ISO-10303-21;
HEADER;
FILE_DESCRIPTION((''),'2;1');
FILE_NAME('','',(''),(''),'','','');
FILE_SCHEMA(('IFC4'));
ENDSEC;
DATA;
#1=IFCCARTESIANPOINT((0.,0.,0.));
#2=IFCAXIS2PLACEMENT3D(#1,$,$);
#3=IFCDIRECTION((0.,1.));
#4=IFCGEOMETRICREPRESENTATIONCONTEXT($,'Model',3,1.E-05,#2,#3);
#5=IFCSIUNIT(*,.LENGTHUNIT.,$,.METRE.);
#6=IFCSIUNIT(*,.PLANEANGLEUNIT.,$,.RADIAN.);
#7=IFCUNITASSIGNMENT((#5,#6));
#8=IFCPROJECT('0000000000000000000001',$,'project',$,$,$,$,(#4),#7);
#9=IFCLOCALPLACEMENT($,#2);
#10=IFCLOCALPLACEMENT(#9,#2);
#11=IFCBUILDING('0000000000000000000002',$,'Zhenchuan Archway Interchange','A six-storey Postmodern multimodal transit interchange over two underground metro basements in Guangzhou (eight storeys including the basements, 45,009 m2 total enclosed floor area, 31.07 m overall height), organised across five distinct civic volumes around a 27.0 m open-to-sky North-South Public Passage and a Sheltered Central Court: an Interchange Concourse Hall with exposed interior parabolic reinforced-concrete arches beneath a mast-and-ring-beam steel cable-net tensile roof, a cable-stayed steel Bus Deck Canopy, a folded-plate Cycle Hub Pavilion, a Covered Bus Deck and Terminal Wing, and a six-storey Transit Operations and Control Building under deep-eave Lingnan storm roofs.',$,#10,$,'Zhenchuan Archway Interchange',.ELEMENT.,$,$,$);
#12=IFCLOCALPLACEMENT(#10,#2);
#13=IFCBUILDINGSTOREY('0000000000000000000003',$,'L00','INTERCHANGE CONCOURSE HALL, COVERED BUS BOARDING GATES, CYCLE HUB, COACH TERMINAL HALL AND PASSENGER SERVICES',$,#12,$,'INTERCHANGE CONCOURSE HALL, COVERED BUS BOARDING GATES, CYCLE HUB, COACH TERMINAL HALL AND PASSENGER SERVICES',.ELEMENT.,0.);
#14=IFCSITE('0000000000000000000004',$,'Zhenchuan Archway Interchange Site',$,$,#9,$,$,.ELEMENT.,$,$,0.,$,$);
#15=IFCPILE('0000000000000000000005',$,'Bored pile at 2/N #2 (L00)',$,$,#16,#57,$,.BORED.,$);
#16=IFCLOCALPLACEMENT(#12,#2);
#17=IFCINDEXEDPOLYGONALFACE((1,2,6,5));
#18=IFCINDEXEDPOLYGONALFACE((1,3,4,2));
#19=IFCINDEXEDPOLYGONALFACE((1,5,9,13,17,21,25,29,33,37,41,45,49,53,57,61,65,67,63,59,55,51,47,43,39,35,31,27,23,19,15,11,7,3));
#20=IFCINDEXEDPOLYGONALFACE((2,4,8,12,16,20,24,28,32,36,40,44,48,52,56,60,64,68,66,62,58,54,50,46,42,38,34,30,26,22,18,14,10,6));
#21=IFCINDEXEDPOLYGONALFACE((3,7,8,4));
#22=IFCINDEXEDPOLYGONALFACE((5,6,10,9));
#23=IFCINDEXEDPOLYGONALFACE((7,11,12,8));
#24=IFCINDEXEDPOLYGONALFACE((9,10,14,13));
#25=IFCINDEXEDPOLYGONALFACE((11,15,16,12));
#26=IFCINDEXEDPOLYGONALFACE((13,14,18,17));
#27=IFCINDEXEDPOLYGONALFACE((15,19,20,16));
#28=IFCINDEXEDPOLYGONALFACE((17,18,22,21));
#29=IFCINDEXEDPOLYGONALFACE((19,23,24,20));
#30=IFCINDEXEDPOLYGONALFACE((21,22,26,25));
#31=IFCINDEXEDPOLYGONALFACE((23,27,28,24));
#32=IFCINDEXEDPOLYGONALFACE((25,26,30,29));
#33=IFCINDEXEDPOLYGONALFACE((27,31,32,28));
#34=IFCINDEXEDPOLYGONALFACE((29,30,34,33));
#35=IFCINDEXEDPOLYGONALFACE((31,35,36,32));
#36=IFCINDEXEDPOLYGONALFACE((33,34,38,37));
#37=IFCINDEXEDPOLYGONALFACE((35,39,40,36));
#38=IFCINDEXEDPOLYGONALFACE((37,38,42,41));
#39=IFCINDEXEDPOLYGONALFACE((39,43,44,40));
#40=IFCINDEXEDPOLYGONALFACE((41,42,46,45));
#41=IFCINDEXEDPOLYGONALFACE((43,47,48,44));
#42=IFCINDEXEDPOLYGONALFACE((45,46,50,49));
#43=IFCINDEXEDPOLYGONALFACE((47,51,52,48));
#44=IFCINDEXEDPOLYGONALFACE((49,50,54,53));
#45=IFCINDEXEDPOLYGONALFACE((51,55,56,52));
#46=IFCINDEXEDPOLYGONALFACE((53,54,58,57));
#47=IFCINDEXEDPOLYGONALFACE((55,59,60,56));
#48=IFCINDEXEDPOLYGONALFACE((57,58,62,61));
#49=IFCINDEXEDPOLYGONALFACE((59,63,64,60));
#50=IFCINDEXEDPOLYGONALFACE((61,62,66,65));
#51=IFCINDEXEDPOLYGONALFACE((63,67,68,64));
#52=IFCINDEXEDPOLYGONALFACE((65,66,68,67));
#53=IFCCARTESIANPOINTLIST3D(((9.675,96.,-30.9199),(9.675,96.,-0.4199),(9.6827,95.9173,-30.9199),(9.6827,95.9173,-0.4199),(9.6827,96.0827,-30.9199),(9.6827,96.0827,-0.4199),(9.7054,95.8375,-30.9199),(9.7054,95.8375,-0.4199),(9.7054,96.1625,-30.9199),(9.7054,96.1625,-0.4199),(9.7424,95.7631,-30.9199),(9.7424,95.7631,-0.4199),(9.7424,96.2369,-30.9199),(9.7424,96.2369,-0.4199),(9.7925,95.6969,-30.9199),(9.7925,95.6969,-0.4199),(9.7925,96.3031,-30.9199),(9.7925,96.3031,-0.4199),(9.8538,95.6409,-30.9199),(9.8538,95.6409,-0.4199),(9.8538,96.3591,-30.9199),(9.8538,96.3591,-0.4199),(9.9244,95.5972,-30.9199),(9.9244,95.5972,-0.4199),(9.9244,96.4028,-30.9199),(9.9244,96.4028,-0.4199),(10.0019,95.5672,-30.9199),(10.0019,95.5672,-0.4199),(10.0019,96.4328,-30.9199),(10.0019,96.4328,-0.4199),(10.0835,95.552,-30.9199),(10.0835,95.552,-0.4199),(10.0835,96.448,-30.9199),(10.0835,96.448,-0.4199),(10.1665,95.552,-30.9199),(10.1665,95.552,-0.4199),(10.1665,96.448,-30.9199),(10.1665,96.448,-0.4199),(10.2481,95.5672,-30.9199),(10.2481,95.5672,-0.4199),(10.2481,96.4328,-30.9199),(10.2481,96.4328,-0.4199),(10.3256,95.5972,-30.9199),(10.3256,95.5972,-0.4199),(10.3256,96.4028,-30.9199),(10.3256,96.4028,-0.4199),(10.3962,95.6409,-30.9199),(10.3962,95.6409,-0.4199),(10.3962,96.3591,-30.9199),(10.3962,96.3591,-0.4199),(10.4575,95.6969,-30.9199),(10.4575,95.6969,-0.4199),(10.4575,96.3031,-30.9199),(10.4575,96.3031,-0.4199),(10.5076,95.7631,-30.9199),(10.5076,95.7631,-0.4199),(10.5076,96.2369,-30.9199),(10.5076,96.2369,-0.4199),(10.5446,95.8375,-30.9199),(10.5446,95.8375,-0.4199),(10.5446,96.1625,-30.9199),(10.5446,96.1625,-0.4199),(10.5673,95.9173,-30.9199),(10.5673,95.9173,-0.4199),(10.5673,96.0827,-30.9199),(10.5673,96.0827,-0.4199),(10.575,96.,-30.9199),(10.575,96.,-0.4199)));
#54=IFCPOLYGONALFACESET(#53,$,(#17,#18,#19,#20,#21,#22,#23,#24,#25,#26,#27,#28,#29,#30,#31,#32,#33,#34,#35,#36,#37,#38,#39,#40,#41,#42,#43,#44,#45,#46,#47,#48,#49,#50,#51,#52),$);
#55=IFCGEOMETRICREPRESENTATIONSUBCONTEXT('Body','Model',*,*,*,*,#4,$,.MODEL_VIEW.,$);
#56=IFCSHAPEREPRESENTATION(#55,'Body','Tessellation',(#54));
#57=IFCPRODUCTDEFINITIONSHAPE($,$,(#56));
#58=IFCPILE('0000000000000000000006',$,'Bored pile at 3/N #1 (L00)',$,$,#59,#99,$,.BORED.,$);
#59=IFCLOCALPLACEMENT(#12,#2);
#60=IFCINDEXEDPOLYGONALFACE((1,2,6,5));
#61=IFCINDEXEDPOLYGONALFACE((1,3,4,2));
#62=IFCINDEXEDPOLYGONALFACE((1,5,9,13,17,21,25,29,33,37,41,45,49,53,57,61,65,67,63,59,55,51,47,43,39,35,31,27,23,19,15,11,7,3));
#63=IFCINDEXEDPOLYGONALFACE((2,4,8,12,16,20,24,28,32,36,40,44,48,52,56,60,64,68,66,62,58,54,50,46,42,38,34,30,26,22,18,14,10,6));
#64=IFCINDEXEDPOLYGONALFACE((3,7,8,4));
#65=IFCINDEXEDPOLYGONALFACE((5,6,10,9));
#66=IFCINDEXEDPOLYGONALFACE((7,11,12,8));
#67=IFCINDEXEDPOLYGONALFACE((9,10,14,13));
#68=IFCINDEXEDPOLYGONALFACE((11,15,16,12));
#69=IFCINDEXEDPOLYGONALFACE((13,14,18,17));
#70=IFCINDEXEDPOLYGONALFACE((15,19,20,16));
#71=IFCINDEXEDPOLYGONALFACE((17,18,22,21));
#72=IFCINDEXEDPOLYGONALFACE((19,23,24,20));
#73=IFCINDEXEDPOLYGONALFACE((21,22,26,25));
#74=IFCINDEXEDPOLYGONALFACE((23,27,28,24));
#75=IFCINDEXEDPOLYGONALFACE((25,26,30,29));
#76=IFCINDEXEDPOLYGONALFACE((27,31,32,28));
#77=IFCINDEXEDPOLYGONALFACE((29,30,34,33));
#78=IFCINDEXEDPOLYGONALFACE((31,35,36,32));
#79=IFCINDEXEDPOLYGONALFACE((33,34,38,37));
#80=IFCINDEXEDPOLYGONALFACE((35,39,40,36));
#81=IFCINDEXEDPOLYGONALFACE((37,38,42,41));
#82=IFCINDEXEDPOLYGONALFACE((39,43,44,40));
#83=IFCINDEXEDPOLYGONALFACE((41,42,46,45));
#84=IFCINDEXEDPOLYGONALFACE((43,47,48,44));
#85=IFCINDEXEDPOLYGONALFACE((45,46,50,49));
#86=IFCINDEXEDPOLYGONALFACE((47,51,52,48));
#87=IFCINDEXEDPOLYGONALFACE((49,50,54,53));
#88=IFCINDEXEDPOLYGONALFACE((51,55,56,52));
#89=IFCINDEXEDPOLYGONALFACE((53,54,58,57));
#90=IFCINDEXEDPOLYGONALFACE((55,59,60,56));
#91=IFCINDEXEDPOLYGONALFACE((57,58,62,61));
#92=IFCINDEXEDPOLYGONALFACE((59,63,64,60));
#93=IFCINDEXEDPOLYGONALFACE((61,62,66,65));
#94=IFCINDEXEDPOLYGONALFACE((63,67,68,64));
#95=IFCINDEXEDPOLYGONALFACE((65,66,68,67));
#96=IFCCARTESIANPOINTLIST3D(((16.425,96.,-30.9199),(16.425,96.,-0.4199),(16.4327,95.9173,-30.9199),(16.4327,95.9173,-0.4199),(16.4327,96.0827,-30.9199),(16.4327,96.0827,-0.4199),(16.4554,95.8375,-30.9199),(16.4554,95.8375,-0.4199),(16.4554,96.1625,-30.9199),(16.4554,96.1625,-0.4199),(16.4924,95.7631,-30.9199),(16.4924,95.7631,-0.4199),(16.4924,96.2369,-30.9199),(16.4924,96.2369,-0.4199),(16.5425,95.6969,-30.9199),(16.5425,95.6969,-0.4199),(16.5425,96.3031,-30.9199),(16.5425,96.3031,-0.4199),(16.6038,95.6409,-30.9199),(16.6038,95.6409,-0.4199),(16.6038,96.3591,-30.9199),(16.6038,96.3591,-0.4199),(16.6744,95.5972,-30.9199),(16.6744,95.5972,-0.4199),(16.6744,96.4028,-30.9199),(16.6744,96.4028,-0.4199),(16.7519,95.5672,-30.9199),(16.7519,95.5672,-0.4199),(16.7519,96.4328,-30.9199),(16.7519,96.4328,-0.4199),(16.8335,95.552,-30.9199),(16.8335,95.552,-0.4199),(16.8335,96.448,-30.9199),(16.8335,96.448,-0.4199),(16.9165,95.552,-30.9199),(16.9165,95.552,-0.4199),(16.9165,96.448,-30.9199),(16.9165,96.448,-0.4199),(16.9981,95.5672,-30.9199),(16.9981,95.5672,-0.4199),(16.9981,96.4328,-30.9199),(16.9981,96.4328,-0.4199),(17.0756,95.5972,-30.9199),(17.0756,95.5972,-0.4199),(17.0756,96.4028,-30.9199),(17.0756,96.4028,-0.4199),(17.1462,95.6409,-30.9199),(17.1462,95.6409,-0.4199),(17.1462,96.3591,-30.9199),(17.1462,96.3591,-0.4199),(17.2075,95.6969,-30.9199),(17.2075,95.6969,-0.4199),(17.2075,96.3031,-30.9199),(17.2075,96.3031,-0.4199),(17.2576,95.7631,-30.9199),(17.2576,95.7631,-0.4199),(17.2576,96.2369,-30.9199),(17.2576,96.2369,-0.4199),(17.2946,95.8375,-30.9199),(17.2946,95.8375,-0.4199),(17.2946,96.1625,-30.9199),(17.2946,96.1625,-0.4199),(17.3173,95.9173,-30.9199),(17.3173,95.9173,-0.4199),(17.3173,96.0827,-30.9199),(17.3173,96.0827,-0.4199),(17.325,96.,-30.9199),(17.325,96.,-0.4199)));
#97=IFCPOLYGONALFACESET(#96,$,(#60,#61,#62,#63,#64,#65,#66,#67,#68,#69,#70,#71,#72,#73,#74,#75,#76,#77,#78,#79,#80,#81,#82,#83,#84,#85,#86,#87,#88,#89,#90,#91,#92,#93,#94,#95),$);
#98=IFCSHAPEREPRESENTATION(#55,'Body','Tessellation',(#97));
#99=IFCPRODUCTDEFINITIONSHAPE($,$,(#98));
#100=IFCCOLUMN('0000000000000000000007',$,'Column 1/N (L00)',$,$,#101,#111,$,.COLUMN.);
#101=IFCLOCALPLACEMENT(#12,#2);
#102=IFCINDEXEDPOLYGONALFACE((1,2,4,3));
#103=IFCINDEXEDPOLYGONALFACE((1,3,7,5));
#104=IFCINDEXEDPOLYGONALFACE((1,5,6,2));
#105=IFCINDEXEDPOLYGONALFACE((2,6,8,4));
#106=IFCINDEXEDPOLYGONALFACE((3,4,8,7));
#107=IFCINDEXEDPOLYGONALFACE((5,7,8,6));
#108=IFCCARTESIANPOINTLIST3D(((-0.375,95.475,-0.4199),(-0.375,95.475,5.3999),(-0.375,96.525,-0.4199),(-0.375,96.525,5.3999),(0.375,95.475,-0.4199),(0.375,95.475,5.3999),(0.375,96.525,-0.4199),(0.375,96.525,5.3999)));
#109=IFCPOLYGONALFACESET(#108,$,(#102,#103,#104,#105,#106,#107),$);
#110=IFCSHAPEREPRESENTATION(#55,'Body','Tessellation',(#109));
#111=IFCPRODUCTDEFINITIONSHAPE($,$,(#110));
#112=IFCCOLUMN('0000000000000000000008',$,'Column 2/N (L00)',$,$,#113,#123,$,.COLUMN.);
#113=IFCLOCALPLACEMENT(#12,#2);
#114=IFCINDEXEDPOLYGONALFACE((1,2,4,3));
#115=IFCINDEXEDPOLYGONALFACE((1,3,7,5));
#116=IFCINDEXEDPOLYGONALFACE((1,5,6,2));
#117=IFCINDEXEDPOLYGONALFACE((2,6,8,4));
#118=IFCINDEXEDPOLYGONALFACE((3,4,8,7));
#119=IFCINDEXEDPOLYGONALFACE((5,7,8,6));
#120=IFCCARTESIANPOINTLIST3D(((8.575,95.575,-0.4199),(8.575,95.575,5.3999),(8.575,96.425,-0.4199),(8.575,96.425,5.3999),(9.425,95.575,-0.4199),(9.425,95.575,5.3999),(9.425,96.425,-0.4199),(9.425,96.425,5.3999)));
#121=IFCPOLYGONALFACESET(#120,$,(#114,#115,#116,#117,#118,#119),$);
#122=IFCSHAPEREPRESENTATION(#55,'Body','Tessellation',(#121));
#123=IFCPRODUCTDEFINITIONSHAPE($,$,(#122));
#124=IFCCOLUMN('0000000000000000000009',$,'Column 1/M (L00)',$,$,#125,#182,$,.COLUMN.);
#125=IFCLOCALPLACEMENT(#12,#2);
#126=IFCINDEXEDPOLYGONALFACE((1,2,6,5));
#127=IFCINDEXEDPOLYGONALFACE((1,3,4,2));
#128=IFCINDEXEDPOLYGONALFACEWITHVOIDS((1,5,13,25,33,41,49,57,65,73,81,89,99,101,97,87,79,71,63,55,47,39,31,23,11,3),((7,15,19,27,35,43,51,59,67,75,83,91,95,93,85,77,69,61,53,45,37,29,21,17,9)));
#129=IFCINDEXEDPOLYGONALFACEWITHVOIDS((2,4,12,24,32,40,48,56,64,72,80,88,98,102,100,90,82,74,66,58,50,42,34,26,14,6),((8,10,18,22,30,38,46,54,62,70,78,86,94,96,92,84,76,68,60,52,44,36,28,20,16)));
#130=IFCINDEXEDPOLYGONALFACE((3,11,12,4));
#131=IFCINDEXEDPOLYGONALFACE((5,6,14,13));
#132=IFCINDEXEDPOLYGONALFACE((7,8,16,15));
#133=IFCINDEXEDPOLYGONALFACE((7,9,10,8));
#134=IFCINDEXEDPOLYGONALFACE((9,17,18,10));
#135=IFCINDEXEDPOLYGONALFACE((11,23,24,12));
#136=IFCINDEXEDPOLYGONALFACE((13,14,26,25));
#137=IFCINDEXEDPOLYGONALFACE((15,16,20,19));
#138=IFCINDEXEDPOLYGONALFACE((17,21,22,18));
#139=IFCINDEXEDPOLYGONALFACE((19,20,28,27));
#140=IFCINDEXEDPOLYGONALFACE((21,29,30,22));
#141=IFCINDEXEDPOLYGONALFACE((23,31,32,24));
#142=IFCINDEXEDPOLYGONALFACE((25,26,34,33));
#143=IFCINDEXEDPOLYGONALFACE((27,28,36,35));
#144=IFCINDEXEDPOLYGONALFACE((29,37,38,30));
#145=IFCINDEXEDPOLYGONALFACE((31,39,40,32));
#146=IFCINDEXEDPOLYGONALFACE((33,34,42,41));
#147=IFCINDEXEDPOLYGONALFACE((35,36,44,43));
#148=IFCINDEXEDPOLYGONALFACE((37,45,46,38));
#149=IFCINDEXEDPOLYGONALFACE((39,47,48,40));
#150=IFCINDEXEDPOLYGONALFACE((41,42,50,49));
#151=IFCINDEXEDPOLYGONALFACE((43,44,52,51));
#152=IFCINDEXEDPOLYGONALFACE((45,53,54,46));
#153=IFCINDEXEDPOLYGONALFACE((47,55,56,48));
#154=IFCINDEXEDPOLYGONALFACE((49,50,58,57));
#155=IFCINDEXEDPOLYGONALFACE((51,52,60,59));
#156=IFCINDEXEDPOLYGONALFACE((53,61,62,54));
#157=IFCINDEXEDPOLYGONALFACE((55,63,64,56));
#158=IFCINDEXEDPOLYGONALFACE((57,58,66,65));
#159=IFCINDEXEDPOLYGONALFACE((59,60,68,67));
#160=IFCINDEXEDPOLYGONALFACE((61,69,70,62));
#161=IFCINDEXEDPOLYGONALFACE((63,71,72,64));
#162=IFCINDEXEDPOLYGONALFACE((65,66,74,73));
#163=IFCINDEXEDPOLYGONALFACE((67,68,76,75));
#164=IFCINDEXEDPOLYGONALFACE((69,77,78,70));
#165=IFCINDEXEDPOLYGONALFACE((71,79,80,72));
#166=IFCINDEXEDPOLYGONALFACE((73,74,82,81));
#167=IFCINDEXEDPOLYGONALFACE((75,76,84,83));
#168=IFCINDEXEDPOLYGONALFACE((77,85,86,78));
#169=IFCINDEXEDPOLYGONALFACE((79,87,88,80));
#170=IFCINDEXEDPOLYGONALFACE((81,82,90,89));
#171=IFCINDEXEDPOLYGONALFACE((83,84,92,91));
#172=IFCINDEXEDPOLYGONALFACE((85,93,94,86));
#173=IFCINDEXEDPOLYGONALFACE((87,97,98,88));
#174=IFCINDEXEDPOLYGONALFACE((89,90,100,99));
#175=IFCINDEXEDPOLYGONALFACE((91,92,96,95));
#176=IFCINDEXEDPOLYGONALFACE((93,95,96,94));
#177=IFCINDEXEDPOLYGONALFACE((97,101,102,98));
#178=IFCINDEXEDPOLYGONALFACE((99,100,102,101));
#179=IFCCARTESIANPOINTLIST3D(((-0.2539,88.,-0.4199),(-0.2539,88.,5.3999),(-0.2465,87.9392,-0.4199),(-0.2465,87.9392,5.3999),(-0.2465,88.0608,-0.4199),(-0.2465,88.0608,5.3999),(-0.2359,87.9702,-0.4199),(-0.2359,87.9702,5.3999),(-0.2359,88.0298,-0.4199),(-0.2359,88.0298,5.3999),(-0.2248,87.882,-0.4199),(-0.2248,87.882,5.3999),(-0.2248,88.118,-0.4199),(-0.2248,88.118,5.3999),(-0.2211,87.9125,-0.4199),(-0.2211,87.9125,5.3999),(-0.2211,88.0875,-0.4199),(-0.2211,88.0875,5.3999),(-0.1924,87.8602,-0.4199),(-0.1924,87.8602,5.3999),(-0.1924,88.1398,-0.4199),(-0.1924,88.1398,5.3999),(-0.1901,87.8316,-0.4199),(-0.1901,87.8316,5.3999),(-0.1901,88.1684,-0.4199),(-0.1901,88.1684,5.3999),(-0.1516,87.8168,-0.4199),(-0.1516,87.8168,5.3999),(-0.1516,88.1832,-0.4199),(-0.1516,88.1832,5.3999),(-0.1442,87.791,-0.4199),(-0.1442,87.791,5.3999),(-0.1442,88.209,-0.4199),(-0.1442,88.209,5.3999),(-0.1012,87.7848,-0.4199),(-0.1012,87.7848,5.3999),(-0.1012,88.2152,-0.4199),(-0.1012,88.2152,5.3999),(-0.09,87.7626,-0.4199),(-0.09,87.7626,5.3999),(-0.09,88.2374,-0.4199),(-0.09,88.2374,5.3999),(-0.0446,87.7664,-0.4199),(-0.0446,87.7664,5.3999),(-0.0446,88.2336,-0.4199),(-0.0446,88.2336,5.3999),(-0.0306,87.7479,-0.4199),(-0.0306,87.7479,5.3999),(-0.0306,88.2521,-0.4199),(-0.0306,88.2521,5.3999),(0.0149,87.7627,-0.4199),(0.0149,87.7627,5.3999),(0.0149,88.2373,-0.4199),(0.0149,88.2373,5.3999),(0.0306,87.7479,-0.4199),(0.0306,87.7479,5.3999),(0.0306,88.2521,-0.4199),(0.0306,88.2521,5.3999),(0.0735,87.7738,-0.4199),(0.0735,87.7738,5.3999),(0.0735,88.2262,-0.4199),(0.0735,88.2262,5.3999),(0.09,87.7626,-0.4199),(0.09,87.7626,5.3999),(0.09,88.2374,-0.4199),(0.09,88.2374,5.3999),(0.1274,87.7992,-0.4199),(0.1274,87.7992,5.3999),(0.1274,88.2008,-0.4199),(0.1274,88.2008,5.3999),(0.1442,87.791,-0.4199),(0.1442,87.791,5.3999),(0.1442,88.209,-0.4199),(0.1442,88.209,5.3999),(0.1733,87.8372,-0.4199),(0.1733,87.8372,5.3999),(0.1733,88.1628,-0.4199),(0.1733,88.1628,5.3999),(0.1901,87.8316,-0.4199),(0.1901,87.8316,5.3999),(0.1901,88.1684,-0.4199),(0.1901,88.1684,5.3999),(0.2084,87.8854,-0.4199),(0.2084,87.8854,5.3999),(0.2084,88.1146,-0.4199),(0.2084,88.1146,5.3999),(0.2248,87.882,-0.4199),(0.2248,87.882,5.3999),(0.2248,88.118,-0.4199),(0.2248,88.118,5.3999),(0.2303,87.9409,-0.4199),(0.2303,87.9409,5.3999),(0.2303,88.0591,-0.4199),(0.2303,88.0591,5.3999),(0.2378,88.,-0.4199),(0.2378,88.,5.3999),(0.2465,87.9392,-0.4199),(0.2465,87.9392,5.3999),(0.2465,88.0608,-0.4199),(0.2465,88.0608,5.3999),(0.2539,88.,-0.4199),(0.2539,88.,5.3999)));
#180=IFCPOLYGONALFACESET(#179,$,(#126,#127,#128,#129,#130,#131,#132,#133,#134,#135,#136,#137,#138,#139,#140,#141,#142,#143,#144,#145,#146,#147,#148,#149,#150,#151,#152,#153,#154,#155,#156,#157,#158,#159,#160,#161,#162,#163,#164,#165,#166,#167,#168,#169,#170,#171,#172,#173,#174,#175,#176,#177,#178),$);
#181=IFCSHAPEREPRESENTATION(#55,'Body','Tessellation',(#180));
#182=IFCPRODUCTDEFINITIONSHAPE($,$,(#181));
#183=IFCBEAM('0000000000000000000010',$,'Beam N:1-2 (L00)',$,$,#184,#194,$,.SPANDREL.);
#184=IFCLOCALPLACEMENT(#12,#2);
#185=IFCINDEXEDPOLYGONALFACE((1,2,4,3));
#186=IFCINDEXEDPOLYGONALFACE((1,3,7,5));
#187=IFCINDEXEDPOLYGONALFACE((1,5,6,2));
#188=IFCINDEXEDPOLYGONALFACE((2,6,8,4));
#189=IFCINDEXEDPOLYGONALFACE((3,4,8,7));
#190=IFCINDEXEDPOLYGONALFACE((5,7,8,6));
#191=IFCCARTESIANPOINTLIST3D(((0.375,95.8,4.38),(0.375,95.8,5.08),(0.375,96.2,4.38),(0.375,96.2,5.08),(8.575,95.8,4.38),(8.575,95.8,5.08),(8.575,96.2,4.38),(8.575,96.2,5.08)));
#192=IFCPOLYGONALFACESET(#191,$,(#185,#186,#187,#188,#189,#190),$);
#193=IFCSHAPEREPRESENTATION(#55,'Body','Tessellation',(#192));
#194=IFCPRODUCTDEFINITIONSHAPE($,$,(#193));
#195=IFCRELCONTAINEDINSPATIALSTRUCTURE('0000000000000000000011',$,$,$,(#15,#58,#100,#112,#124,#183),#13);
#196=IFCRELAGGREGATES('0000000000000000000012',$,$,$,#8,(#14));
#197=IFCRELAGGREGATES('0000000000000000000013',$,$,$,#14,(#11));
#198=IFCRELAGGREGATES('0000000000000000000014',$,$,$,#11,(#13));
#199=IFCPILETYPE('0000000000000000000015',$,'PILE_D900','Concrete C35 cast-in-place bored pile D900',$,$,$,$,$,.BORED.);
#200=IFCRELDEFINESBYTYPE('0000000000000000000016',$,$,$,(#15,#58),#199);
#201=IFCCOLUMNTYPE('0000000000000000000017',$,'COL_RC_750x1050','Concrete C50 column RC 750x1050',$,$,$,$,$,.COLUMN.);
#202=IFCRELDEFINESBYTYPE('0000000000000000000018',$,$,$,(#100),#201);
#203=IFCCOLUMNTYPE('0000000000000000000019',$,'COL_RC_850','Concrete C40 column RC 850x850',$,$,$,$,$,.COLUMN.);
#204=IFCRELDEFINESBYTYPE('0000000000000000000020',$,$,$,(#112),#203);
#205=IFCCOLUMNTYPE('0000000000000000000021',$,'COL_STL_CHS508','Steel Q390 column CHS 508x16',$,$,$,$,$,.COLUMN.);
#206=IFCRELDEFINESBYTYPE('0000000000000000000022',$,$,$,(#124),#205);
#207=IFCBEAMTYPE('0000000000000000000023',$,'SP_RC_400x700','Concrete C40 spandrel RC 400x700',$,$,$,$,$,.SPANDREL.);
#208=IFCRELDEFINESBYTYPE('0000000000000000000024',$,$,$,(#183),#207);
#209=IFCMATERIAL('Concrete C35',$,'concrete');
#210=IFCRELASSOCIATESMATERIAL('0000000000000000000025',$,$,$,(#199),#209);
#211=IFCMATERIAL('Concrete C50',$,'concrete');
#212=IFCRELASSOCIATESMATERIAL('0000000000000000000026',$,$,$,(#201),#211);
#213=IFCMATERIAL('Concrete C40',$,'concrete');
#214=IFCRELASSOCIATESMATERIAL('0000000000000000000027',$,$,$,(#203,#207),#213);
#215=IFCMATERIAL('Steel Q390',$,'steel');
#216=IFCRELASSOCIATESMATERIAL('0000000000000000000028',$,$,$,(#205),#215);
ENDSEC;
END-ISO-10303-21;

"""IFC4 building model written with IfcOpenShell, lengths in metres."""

from ifc_helpers import new_model, si_unit, direction, frame, origin, origin_2d, place, context, subcontext, project, spatial, rectangle, circle, hollow_circle, extrude, material, material_profile, profile_set, type_object, element, save


model = new_model("IFC4")

# Units and contexts
model_context = context("Model", 3, precision=1e-05, world=origin(), true_north=direction((0.0, 1.0)))
body_context = subcontext(model_context, "Body", "Model", "MODEL_VIEW")
ifc_project = project(units=[si_unit("LENGTHUNIT", "METRE"), si_unit("PLANEANGLEUNIT", "RADIAN")], contexts=[model_context])

# Site, building, storey
site_placement = place(None, origin())
site = spatial("IfcSite", under=ifc_project, at=site_placement, Name="Zhenchuan Archway Interchange Site", CompositionType="ELEMENT", RefElevation=0.0)
building_placement = place(site_placement, origin())
building = spatial("IfcBuilding", under=site, at=building_placement, Name="Zhenchuan Archway Interchange", Description="A six-storey Postmodern multimodal transit interchange over two underground metro basements in Guangzhou (eight storeys including the basements, 45,009 m2 total enclosed floor area, 31.07 m overall height), organised across five distinct civic volumes around a 27.0 m open-to-sky North-South Public Passage and a Sheltered Central Court: an Interchange Concourse Hall with exposed interior parabolic reinforced-concrete arches beneath a mast-and-ring-beam steel cable-net tensile roof, a cable-stayed steel Bus Deck Canopy, a folded-plate Cycle Hub Pavilion, a Covered Bus Deck and Terminal Wing, and a six-storey Transit Operations and Control Building under deep-eave Lingnan storm roofs.", LongName="Zhenchuan Archway Interchange", CompositionType="ELEMENT")
storey_placement = place(building_placement, origin())
storey = spatial("IfcBuildingStorey", under=building, at=storey_placement, Name="L00", Description="INTERCHANGE CONCOURSE HALL, COVERED BUS BOARDING GATES, CYCLE HUB, COACH TERMINAL HALL AND PASSENGER SERVICES", LongName="INTERCHANGE CONCOURSE HALL, COVERED BUS BOARDING GATES, CYCLE HUB, COACH TERMINAL HALL AND PASSENGER SERVICES", CompositionType="ELEMENT", Elevation=0.0)

# Shared definitions
ifc_material_1 = material(Name="Concrete C40", Category="concrete")

# Piles
ifc_material_2 = material(Name="Concrete C35", Category="concrete")
ifc_material_profile_1 = material_profile(ifc_material_2, circle(Radius=0.45, at=origin_2d()), Name="BORED PILE 900")
ifc_profile_set_1 = profile_set([ifc_material_profile_1], Name="Concrete C35")
pile_type_1 = type_object("IfcPileType", Name="PILE_D900", Description="Concrete C35 cast-in-place bored pile D900", PredefinedType="BORED", material=ifc_profile_set_1)
for number, where, z_axis, x_axis, name in (
    (1, (10.125, 96.0, -0.4199), (0.0, 0.0, -1.0), (1.0, 0.0, 0.0), "Bored pile at 2/N #2 (L00)"),
    (2, (16.875, 96.0, -0.4199), (0.0, 0.0, -1.0), (1.0, 0.0, 0.0), "Bored pile at 3/N #1 (L00)"),
):
    element("IfcPile", number, at=place(storey_placement, frame(where, z_axis=z_axis, x_axis=x_axis)), inside=storey, type_object=pile_type_1, Name=name, PredefinedType="BORED", context=body_context, shape_type="SweptSolid", body=[
        extrude(circle(Radius=0.45, at=origin_2d()), origin(), (0.0, 0.0, 1.0), 30.5),
    ])

# Columns
ifc_material_3 = material(Name="Concrete C50", Category="concrete")
ifc_material_profile_2 = material_profile(ifc_material_3, rectangle(XDim=0.75, YDim=1.05, at=origin_2d()), Name="RC 750x1050")
ifc_profile_set_2 = profile_set([ifc_material_profile_2], Name="Concrete C50")
column_type_1 = type_object("IfcColumnType", Name="COL_RC_750x1050", Description="Concrete C50 column RC 750x1050", PredefinedType="COLUMN", material=ifc_profile_set_2)
column_1_placement = place(storey_placement, frame((0.0, 96.0, -0.4199), z_axis=(0.0, 0.0, 1.0), x_axis=(1.0, 0.0, 0.0)))
element("IfcColumn", 3, at=column_1_placement, inside=storey, type_object=column_type_1, Name="Column 1/N (L00)", PredefinedType="COLUMN", context=body_context, shape_type="SweptSolid", body=[
    extrude(rectangle(XDim=0.75, YDim=1.05, at=origin_2d()), origin(), (0.0, 0.0, 1.0), 5.8198),
])
ifc_material_profile_3 = material_profile(ifc_material_1, rectangle(XDim=0.8501, YDim=0.8501, at=origin_2d()), Name="RC 850x850")
ifc_profile_set_3 = profile_set([ifc_material_profile_3], Name="Concrete C40")
column_type_2 = type_object("IfcColumnType", Name="COL_RC_850", Description="Concrete C40 column RC 850x850", PredefinedType="COLUMN", material=ifc_profile_set_3)
column_2_placement = place(storey_placement, frame((9.0, 96.0, -0.4199), z_axis=(0.0, 0.0, 1.0), x_axis=(1.0, 0.0, 0.0)))
element("IfcColumn", 4, at=column_2_placement, inside=storey, type_object=column_type_2, Name="Column 2/N (L00)", PredefinedType="COLUMN", context=body_context, shape_type="SweptSolid", body=[
    extrude(rectangle(XDim=0.8501, YDim=0.8501, at=origin_2d()), origin(), (0.0, 0.0, 1.0), 5.8198),
])
ifc_material_4 = material(Name="Steel Q390", Category="steel")
ifc_material_profile_4 = material_profile(ifc_material_4, hollow_circle(Radius=0.2539, WallThickness=0.0161, at=origin_2d()), Name="CHS 508x16")
ifc_profile_set_4 = profile_set([ifc_material_profile_4], Name="Steel Q390")
column_type_3 = type_object("IfcColumnType", Name="COL_STL_CHS508", Description="Steel Q390 column CHS 508x16", PredefinedType="COLUMN", material=ifc_profile_set_4)
column_3_placement = place(storey_placement, frame((0.0, 88.0, -0.4199), z_axis=(0.0, 0.0, 1.0), x_axis=(1.0, 0.0, 0.0)))
element("IfcColumn", 5, at=column_3_placement, inside=storey, type_object=column_type_3, Name="Column 1/M (L00)", PredefinedType="COLUMN", context=body_context, shape_type="SweptSolid", body=[
    extrude(hollow_circle(Radius=0.2539, WallThickness=0.0161, at=origin_2d()), origin(), (0.0, 0.0, 1.0), 5.8198),
])

# Beam
ifc_material_profile_5 = material_profile(ifc_material_1, rectangle(XDim=0.3999, YDim=0.7, at=origin_2d()), Name="RC 400x700")
ifc_profile_set_5 = profile_set([ifc_material_profile_5], Name="Concrete C40")
beam_type = type_object("IfcBeamType", Name="SP_RC_400x700", Description="Concrete C40 spandrel RC 400x700", PredefinedType="SPANDREL", material=ifc_profile_set_5)
beam_1_placement = place(storey_placement, frame((0.375, 96.0, 4.73), z_axis=(1.0, 0.0, 0.0), x_axis=(0.0, 1.0, 0.0)))
element("IfcBeam", 6, at=beam_1_placement, inside=storey, type_object=beam_type, Name="Beam N:1-2 (L00)", PredefinedType="SPANDREL", context=body_context, shape_type="SweptSolid", body=[
    extrude(rectangle(XDim=0.3999, YDim=0.7, at=origin_2d()), origin(), (0.0, 0.0, 1.0), 8.2),
])

save(model, "model.ifc")
